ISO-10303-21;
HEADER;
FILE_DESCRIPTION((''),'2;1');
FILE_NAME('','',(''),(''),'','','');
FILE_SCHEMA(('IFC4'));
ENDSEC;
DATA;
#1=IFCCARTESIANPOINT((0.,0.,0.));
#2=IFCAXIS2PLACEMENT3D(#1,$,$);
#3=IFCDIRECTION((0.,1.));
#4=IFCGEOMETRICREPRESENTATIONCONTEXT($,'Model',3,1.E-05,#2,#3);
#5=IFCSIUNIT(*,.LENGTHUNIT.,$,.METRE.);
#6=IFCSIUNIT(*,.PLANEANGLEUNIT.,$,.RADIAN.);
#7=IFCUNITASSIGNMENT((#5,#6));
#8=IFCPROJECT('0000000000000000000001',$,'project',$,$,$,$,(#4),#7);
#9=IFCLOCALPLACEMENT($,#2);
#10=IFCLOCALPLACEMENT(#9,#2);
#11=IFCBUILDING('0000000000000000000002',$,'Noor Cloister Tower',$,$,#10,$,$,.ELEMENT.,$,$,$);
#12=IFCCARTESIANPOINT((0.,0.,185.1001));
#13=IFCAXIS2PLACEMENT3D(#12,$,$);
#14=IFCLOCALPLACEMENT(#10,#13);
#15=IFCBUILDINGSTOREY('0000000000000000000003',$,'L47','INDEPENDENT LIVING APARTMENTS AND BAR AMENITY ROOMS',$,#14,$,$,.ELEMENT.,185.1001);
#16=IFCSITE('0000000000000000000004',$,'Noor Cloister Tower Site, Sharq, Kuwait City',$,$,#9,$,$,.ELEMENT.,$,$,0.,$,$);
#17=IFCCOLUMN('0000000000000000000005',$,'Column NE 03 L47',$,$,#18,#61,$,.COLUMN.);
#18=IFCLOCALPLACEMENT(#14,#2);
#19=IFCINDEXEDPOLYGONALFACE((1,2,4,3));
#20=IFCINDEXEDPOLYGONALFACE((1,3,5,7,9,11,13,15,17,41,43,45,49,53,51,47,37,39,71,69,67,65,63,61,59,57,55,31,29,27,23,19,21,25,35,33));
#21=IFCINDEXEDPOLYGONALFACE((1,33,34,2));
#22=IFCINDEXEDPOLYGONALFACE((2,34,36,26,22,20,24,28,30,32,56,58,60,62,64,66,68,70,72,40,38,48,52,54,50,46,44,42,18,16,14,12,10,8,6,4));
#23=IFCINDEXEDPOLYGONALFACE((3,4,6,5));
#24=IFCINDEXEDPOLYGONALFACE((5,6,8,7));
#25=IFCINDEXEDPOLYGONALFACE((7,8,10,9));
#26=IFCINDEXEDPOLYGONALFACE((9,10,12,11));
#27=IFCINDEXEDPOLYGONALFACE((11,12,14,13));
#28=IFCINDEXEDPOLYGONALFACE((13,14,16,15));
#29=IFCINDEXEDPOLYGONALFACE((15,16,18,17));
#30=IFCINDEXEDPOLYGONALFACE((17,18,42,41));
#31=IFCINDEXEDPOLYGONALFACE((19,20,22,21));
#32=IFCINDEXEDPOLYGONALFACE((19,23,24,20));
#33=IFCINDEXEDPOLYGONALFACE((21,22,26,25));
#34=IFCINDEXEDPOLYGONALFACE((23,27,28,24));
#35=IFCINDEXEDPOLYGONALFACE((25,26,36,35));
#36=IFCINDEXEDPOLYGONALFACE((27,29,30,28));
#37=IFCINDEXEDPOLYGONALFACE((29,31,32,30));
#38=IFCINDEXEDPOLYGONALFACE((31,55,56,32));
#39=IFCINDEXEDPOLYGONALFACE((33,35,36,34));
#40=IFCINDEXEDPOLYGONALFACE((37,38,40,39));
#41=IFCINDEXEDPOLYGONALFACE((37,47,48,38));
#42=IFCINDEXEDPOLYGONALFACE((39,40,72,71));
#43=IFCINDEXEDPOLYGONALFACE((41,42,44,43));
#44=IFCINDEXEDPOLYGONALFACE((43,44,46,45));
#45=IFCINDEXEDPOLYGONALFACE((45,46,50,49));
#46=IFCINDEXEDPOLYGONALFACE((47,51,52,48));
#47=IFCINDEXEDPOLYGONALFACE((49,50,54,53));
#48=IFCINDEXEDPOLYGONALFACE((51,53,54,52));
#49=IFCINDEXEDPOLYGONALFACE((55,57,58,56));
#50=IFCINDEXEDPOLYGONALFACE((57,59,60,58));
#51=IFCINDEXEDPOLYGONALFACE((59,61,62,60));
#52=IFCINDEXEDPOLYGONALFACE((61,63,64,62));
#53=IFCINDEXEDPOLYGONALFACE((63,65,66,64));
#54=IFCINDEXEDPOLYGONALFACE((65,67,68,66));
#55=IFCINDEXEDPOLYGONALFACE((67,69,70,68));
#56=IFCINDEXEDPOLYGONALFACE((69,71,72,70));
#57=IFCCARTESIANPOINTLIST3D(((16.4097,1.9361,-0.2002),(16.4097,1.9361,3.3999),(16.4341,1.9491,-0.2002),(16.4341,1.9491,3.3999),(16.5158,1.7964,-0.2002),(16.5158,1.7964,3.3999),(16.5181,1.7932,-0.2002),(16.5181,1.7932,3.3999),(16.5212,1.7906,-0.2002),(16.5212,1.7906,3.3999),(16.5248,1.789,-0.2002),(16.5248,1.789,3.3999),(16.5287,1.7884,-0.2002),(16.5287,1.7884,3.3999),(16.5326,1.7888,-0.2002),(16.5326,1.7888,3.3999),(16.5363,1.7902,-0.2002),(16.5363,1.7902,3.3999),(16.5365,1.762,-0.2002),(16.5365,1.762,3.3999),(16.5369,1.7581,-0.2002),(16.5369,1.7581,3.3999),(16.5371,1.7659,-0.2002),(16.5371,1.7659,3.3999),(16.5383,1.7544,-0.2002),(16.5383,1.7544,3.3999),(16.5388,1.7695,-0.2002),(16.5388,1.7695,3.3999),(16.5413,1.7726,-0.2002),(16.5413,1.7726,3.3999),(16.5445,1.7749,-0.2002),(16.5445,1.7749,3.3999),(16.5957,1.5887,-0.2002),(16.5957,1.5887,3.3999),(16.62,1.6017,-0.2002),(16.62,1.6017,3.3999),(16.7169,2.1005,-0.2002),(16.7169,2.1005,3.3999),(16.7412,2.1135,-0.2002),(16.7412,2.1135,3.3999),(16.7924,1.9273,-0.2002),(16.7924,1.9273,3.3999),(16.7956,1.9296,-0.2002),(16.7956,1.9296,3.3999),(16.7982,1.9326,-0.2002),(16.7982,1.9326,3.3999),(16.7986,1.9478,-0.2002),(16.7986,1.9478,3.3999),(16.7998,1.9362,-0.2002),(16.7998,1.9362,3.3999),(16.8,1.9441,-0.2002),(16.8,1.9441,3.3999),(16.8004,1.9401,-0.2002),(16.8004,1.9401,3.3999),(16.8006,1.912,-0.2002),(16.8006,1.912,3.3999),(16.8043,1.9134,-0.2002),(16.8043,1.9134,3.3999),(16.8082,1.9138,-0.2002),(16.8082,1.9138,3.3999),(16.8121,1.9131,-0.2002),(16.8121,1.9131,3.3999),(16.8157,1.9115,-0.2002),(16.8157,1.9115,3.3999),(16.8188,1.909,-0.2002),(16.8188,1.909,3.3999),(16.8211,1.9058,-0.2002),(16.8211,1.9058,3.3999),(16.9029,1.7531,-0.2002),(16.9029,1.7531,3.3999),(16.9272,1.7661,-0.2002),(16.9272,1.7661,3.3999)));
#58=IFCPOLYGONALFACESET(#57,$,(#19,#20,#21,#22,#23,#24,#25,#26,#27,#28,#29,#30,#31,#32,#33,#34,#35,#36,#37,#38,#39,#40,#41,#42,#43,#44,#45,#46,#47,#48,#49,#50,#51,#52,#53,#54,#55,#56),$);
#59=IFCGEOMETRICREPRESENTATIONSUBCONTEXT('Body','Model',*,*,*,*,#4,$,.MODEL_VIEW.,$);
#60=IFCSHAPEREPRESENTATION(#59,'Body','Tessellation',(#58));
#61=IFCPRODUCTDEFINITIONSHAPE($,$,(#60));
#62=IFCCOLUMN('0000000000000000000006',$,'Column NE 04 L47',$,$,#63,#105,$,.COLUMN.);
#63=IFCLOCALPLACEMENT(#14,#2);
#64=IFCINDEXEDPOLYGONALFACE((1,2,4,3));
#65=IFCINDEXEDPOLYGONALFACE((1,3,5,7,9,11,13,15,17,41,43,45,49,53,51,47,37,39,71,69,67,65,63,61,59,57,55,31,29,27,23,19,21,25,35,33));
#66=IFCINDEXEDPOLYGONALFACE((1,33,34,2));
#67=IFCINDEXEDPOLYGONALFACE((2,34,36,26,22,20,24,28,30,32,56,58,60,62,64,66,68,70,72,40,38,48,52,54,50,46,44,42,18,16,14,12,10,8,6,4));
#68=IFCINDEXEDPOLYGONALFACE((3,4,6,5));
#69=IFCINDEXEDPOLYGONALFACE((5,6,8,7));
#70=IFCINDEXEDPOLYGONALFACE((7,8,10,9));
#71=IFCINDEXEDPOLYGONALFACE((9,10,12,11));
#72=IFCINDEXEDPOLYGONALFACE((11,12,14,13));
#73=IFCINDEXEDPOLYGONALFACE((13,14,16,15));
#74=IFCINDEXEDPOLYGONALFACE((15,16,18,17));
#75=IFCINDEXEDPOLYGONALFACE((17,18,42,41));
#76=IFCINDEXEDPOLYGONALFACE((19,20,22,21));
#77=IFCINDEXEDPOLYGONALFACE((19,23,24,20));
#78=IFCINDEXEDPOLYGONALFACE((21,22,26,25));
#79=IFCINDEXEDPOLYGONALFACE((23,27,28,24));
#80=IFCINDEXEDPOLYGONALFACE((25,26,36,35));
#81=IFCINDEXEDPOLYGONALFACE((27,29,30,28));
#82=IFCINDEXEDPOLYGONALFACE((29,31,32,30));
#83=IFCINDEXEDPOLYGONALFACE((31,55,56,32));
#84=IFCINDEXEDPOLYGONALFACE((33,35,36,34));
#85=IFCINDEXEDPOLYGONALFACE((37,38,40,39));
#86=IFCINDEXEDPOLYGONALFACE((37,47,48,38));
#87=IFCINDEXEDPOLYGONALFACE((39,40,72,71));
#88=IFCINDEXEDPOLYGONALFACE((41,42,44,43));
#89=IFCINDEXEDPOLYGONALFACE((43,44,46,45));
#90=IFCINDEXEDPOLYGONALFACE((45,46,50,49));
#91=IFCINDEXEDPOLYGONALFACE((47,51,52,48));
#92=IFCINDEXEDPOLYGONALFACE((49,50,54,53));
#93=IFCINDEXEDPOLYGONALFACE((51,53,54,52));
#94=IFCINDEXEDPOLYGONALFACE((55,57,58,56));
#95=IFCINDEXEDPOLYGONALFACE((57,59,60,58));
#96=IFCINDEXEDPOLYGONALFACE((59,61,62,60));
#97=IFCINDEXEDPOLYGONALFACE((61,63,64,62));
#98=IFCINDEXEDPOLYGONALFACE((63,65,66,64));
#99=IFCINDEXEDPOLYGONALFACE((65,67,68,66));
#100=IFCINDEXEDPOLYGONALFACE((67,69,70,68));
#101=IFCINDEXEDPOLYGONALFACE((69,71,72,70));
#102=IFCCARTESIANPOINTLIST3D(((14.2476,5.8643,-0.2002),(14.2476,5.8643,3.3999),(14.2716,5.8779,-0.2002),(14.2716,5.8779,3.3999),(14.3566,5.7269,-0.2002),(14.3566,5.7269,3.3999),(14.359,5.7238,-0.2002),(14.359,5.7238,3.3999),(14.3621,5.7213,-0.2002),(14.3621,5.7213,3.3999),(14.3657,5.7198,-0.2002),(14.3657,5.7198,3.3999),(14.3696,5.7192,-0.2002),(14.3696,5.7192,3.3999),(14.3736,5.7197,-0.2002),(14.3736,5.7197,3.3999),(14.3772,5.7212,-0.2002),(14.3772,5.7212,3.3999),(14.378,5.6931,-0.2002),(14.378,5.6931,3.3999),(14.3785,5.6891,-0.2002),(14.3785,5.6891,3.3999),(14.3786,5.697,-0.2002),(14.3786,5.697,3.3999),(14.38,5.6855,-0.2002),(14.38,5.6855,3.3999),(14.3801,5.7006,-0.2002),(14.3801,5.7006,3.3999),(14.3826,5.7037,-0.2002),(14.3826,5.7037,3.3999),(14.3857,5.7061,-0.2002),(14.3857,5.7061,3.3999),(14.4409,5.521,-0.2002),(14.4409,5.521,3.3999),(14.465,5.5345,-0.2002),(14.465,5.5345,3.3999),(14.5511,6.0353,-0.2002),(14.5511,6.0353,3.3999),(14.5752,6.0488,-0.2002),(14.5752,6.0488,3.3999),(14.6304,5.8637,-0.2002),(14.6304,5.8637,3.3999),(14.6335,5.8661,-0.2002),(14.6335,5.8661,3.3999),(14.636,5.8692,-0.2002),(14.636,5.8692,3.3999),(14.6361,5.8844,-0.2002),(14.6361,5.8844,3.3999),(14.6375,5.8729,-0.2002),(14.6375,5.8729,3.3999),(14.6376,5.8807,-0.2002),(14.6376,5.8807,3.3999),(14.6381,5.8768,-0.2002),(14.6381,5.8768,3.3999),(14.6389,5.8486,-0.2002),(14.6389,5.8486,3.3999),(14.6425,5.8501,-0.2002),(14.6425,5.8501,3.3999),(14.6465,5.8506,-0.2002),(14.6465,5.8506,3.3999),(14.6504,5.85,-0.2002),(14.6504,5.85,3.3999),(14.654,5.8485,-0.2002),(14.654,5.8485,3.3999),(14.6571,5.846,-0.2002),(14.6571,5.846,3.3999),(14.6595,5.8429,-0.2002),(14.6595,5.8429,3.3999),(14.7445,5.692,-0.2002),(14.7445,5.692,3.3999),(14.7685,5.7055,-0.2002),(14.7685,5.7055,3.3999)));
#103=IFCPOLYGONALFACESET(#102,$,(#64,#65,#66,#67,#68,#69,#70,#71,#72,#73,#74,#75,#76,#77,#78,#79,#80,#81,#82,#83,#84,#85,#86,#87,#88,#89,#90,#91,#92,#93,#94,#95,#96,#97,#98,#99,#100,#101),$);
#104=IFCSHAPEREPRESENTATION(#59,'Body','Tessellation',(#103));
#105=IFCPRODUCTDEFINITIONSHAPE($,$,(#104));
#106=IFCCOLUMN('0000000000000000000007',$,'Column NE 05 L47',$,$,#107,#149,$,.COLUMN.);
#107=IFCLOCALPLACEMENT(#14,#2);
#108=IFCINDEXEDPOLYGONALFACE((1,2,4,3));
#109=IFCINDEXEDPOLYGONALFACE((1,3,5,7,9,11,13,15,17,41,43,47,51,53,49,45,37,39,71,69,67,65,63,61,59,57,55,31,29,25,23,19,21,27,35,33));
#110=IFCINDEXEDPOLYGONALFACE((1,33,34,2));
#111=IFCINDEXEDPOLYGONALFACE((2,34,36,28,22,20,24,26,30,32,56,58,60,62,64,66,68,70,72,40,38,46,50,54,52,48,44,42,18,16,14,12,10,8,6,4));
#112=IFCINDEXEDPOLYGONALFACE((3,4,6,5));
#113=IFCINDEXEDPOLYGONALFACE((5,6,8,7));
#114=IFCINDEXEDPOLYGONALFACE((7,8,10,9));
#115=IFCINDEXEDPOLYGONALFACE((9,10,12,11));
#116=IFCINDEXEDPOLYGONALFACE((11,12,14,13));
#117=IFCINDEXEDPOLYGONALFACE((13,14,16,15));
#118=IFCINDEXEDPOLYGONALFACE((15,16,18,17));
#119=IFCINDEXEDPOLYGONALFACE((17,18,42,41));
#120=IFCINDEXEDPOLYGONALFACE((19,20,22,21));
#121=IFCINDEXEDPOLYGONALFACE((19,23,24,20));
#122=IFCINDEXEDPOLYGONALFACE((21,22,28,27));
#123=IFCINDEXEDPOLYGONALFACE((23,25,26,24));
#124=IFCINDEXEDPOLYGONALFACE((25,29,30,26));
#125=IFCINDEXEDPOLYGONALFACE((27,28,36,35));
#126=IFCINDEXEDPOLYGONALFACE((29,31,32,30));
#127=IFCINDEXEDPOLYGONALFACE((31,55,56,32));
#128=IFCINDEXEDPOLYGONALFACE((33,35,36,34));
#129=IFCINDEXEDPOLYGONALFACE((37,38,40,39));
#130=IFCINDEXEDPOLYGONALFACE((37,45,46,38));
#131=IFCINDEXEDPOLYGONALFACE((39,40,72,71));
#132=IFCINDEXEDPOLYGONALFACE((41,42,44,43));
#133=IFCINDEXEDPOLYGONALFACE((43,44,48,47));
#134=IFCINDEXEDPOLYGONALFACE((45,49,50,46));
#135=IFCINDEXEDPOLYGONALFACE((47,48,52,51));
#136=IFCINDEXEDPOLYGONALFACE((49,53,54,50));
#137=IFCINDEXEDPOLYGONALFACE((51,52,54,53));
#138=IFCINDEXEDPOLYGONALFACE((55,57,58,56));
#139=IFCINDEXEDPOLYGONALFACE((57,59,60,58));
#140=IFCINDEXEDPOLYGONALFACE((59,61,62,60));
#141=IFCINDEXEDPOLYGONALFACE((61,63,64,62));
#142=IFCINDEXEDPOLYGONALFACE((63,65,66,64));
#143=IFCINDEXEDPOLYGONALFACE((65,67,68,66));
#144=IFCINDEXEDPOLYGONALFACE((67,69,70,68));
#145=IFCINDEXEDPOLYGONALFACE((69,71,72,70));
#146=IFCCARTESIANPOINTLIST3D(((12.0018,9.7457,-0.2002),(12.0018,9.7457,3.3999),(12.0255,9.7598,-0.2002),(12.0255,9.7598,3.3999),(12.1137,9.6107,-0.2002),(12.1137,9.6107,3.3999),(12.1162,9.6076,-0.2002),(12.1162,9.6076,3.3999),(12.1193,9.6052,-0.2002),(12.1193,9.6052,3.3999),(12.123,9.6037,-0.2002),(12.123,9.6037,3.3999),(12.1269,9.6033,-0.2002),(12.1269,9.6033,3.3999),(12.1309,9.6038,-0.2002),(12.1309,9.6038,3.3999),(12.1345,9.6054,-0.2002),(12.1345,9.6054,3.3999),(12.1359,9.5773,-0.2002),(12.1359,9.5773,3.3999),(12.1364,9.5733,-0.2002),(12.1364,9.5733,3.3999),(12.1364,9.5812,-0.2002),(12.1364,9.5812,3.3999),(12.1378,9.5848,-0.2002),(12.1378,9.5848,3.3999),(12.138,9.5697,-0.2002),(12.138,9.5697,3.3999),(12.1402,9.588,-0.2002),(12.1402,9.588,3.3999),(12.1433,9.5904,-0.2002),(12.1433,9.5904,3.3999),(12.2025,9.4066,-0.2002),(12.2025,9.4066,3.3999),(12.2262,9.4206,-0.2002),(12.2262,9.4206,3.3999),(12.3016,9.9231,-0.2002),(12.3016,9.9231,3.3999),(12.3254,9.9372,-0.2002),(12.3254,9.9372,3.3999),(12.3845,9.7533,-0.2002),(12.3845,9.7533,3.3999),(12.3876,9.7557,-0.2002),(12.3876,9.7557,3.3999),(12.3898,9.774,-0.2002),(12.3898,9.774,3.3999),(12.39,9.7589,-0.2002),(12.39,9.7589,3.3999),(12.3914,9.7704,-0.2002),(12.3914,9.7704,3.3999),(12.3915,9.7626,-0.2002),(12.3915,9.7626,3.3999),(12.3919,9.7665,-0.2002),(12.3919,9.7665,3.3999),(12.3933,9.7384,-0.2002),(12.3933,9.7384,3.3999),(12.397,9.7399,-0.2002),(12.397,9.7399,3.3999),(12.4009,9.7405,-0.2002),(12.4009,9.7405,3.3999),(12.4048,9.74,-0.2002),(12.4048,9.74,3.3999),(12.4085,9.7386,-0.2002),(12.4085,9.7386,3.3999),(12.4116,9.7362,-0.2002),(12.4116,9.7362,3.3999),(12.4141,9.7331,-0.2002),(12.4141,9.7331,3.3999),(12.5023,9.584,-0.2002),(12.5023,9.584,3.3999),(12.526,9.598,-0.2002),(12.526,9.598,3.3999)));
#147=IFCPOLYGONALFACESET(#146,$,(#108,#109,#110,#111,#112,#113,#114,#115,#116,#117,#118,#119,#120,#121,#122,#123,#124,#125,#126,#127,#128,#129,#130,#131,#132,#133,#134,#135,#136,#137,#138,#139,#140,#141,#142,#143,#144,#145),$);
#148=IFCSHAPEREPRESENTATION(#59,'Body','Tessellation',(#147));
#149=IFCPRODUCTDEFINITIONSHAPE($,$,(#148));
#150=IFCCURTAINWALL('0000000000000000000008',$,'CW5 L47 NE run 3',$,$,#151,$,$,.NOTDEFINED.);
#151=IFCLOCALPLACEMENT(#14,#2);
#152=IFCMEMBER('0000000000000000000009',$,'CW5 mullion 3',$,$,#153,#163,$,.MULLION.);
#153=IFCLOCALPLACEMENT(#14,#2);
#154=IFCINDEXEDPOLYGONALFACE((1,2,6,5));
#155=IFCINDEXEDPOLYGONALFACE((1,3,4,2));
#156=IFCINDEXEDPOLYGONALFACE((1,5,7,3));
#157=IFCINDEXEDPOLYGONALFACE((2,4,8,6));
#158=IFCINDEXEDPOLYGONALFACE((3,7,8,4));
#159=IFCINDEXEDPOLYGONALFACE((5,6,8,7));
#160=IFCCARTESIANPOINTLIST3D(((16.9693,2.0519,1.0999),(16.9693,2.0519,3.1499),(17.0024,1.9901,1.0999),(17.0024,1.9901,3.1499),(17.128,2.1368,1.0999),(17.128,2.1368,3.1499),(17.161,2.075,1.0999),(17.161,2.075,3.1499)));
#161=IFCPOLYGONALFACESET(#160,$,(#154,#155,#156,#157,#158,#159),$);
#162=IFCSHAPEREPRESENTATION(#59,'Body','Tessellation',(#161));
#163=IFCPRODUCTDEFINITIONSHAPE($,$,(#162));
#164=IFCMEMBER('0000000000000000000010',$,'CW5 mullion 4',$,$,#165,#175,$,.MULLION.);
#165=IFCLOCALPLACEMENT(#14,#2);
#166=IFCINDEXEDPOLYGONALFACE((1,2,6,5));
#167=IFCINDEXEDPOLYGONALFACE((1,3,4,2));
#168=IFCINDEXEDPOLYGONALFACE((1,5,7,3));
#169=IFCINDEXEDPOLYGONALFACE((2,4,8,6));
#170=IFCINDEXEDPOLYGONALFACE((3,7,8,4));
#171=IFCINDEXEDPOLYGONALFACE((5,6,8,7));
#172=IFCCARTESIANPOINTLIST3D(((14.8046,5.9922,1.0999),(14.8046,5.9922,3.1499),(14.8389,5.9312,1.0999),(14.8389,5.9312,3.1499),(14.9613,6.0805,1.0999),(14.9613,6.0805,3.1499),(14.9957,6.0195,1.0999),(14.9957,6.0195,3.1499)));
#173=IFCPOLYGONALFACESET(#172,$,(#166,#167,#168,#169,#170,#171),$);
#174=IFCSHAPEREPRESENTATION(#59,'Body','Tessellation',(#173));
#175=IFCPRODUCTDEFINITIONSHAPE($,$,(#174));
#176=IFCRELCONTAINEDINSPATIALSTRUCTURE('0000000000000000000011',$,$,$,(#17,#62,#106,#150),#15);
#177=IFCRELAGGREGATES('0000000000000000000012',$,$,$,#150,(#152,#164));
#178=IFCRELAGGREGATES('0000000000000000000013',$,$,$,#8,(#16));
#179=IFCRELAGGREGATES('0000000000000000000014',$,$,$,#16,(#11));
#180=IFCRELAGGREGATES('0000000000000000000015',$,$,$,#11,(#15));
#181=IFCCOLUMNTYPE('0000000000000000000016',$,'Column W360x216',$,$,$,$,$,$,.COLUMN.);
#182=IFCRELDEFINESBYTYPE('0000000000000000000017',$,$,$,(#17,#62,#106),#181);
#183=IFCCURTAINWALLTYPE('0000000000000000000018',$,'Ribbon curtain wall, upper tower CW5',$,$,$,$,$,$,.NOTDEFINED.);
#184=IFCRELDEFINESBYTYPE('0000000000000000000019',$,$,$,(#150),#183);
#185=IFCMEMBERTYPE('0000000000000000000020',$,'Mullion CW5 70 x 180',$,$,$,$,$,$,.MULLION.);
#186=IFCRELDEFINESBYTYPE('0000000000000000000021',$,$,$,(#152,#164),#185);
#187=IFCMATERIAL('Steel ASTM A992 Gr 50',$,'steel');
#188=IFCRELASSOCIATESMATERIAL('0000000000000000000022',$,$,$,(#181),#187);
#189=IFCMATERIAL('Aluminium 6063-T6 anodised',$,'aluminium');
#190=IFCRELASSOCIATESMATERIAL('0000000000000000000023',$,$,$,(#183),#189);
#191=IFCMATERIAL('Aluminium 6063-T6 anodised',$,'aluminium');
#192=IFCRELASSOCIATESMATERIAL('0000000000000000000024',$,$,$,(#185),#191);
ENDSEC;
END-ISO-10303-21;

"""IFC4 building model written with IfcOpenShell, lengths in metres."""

from ifc_helpers import new_model, si_unit, direction, frame, origin, origin_2d, place, context, subcontext, project, spatial, rectangle, i_section, extrude, material, material_profile, profile_set, type_object, element, aggregate, save


model = new_model("IFC4")

# Units and contexts
model_context = context("Model", 3, precision=1e-05, world=origin(), true_north=direction((0.0, 1.0)))
body_context = subcontext(model_context, "Body", "Model", "MODEL_VIEW")
ifc_project = project(units=[si_unit("LENGTHUNIT", "METRE"), si_unit("PLANEANGLEUNIT", "RADIAN")], contexts=[model_context])

# Site, building, storey
site_placement = place(None, origin())
site = spatial("IfcSite", under=ifc_project, at=site_placement, Name="Noor Cloister Tower Site, Sharq, Kuwait City", CompositionType="ELEMENT", RefElevation=0.0)
building_placement = place(site_placement, origin())
building = spatial("IfcBuilding", under=site, at=building_placement, Name="Noor Cloister Tower", CompositionType="ELEMENT")
storey_placement = place(building_placement, frame((0.0, 0.0, 185.1001)))
storey = spatial("IfcBuildingStorey", under=building, at=storey_placement, Name="L47", Description="INDEPENDENT LIVING APARTMENTS AND BAR AMENITY ROOMS", CompositionType="ELEMENT", Elevation=185.1001)

# Columns
ifc_material_1 = material(Name="Steel ASTM A992 Gr 50", Category="steel")
ifc_material_profile_1 = material_profile(ifc_material_1, i_section(OverallWidth=0.394, OverallDepth=0.376, WebThickness=0.0173, FlangeThickness=0.0276, FilletRadius=0.0151, at=origin_2d()), Name="W360x216")
ifc_profile_set_1 = profile_set([ifc_material_profile_1], Name="Steel ASTM A992 Gr 50")
column_type = type_object("IfcColumnType", Name="Column W360x216", PredefinedType="COLUMN", material=ifc_profile_set_1)
for number, where, z_axis, x_axis, name in (
    (1, (16.6685, 1.8511, -0.2002), (0.0, 0.0, 1.0), (-0.471937, 0.881632, 0.0), "Column NE 03 L47"),
    (2, (14.5081, 5.7849, -0.2002), (0.0, 0.0, 1.0), (-0.490702, 0.871328, 0.0), "Column NE 04 L47"),
    (3, (12.2639, 9.6719, -0.2002), (0.0, 0.0, 1.0), (-0.509241, 0.860624, 0.0), "Column NE 05 L47"),
):
    element("IfcColumn", number, at=place(storey_placement, frame(where, z_axis=z_axis, x_axis=x_axis)), inside=storey, type_object=column_type, Name=name, PredefinedType="COLUMN", context=body_context, shape_type="SweptSolid", body=[
        extrude(i_section(OverallWidth=0.394, OverallDepth=0.376, WebThickness=0.0173, FlangeThickness=0.0276, FilletRadius=0.0151, at=origin_2d()), origin(), (0.0, 0.0, 1.0), 3.6001),
    ])

# Curtain wall, members
ifc_material_2 = material(Name="Aluminium 6063-T6 anodised", Category="aluminium")
curtain_wall_type = type_object("IfcCurtainWallType", Name="Ribbon curtain wall, upper tower CW5", PredefinedType="NOTDEFINED", material=ifc_material_2)
curtain_wall_placement = place(storey_placement, origin())
curtain_wall = element("IfcCurtainWall", 4, at=curtain_wall_placement, inside=storey, type_object=curtain_wall_type, Name="CW5 L47 NE run 3", PredefinedType="NOTDEFINED")
ifc_material_3 = material(Name="Aluminium 6063-T6 anodised", Category="aluminium")
ifc_material_profile_2 = material_profile(ifc_material_3, rectangle(XDim=0.1799, YDim=0.0701, at=origin_2d()), Name="180 x 70 mullion")
ifc_profile_set_2 = profile_set([ifc_material_profile_2], Name="Aluminium 6063-T6 anodised")
member_type = type_object("IfcMemberType", Name="Mullion CW5 70 x 180", PredefinedType="MULLION", material=ifc_profile_set_2)
member_1_placement = place(storey_placement, frame((17.0652, 2.0635, 1.0999), z_axis=(0.0, 0.0, 1.0), x_axis=(-0.881632, -0.471937, 0.0)))
member_1 = element("IfcMember", 5, at=member_1_placement, type_object=member_type, Name="CW5 mullion 3", PredefinedType="MULLION", context=body_context, shape_type="SweptSolid", body=[
    extrude(rectangle(XDim=0.1799, YDim=0.0701, at=origin_2d()), origin(), (0.0, 0.0, 1.0), 2.05),
])
member_2_placement = place(storey_placement, frame((14.9001, 6.0059, 1.0999), z_axis=(0.0, 0.0, 1.0), x_axis=(-0.871328, -0.490702, 0.0)))
member_2 = element("IfcMember", 6, at=member_2_placement, type_object=member_type, Name="CW5 mullion 4", PredefinedType="MULLION", context=body_context, shape_type="SweptSolid", body=[
    extrude(rectangle(XDim=0.1799, YDim=0.0701, at=origin_2d()), origin(), (0.0, 0.0, 1.0), 2.05),
])

aggregate(curtain_wall, [member_1, member_2])

save(model, "model.ifc")
